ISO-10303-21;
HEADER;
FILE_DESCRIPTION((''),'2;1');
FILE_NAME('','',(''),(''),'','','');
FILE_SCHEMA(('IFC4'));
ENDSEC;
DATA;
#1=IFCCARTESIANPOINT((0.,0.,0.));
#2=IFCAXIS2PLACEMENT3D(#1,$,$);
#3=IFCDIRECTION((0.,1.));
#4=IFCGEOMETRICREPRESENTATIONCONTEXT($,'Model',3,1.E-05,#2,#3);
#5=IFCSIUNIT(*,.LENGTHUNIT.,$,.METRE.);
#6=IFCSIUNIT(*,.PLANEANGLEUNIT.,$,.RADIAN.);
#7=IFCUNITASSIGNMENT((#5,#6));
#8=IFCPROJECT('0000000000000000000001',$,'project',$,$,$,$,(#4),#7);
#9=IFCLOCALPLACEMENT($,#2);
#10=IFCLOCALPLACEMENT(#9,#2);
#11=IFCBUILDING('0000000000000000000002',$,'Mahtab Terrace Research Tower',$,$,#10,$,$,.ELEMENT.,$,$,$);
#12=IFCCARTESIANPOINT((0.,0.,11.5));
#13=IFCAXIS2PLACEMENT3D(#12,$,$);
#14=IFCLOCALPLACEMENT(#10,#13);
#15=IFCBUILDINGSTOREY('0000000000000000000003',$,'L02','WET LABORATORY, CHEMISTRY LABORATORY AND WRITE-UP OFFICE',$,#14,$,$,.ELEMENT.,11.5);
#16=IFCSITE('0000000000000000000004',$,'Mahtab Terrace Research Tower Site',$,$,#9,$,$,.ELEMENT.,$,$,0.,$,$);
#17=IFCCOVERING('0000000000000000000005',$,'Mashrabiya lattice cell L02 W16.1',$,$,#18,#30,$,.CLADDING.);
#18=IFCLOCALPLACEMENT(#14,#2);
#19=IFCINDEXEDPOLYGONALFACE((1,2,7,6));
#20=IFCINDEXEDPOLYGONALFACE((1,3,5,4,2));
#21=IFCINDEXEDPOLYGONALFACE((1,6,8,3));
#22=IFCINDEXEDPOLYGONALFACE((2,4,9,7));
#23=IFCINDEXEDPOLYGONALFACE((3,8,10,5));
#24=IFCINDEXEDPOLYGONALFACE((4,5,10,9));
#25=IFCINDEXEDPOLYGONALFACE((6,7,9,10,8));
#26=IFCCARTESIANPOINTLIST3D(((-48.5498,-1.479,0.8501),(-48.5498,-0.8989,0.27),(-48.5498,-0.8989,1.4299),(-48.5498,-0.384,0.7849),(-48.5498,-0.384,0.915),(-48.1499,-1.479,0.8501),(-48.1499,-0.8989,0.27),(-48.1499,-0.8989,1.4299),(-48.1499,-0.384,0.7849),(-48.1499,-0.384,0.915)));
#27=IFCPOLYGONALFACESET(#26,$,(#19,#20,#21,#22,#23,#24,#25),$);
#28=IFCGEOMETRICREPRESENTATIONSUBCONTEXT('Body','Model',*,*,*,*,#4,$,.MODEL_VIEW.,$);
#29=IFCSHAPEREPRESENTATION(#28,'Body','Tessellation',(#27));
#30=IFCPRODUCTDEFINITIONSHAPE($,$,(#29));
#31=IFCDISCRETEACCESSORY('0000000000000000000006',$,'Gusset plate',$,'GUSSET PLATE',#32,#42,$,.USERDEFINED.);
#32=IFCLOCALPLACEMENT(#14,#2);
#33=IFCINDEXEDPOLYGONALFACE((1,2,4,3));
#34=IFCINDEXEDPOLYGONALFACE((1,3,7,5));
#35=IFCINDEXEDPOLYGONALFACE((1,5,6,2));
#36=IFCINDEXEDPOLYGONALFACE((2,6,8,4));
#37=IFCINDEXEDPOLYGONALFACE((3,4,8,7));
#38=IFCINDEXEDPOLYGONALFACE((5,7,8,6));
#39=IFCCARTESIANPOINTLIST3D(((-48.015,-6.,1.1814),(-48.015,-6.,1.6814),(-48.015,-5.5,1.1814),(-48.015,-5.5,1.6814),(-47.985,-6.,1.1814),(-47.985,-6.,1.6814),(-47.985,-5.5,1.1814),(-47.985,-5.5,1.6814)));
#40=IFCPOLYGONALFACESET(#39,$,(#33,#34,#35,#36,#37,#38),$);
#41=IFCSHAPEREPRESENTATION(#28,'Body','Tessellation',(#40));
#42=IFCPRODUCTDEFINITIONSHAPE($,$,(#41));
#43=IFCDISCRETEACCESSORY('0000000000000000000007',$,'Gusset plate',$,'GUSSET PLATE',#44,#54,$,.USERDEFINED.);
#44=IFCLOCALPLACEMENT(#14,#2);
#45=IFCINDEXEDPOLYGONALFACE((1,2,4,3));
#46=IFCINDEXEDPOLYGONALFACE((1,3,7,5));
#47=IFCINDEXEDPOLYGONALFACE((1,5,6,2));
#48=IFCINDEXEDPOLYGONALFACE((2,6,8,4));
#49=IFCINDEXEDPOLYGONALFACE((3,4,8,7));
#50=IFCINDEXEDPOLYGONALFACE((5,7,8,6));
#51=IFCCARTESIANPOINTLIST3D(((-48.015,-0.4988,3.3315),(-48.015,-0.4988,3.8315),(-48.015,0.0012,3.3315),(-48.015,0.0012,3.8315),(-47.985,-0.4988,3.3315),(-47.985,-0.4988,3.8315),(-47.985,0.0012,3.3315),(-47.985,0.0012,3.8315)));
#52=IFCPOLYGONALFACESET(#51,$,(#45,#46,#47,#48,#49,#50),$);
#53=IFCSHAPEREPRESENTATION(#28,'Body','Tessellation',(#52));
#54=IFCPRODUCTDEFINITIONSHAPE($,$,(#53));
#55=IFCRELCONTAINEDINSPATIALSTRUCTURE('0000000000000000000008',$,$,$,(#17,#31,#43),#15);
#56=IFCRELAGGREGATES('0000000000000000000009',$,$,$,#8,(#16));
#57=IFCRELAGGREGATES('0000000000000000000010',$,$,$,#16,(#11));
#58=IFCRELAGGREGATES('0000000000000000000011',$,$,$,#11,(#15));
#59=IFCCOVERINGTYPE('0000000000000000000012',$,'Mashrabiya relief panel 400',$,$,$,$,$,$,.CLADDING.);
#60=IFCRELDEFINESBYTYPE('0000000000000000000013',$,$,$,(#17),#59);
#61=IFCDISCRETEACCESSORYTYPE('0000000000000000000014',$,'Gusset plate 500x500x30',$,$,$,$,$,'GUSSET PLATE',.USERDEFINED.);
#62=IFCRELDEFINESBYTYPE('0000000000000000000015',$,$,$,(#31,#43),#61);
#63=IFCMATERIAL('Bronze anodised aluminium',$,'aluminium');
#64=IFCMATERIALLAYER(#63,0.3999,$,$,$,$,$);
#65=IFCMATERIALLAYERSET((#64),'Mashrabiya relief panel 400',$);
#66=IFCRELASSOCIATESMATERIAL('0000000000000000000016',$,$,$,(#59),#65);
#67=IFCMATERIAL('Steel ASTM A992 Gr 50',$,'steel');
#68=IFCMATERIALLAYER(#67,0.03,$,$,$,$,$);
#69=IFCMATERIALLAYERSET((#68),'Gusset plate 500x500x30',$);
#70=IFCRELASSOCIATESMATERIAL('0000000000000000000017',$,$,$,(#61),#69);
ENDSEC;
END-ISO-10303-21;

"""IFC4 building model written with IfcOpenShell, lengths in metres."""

from ifc_helpers import new_model, si_unit, direction, frame, origin, origin_2d, place, context, subcontext, project, spatial, polyline, rectangle, outline, extrude, material, layer, layer_set, type_object, element, save


model = new_model("IFC4")

# Units and contexts
model_context = context("Model", 3, precision=1e-05, world=origin(), true_north=direction((0.0, 1.0)))
body_context = subcontext(model_context, "Body", "Model", "MODEL_VIEW")
ifc_project = project(units=[si_unit("LENGTHUNIT", "METRE"), si_unit("PLANEANGLEUNIT", "RADIAN")], contexts=[model_context])

# Site, building, storey
site_placement = place(None, origin())
site = spatial("IfcSite", under=ifc_project, at=site_placement, Name="Mahtab Terrace Research Tower Site", CompositionType="ELEMENT", RefElevation=0.0)
building_placement = place(site_placement, origin())
building = spatial("IfcBuilding", under=site, at=building_placement, Name="Mahtab Terrace Research Tower", CompositionType="ELEMENT")
storey_placement = place(building_placement, frame((0.0, 0.0, 11.5)))
storey = spatial("IfcBuildingStorey", under=building, at=storey_placement, Name="L02", Description="WET LABORATORY, CHEMISTRY LABORATORY AND WRITE-UP OFFICE", CompositionType="ELEMENT", Elevation=11.5)

# Shared definitions
ifc_material_1 = material(Name="Steel ASTM A992 Gr 50", Category="steel")

# Covering
ifc_material_2 = material(Name="Bronze anodised aluminium", Category="aluminium")
ifc_layer_1 = layer(ifc_material_2, 0.3999)
ifc_layer_set_1 = layer_set([ifc_layer_1], Name="Mashrabiya relief panel 400")
covering_type = type_object("IfcCoveringType", Name="Mashrabiya relief panel 400", PredefinedType="CLADDING", material=ifc_layer_set_1)
covering_placement = place(storey_placement, frame((-48.1499, -0.8989, 1.4299), z_axis=(1.0, 0.0, 0.0), x_axis=(0.0, -0.707256, -0.706958)))
element("IfcCovering", 1, at=covering_placement, inside=storey, type_object=covering_type, Name="Mashrabiya lattice cell L02 W16.1", PredefinedType="CLADDING", context=body_context, shape_type="SweptSolid", body=[
    extrude(outline(polyline([(0.0, 0.0), (0.8202, 0.0), (0.82, 0.8204), (0.0918, 0.8202), (-0.0002, 0.7282), (0.0, 0.0)])), origin(), (0.0, 0.0, -1.0), 0.3999),
])

# Discrete accessories
ifc_layer_2 = layer(ifc_material_1, 0.03)
ifc_layer_set_2 = layer_set([ifc_layer_2], Name="Gusset plate 500x500x30")
discrete_accessory_type = type_object("IfcDiscreteAccessoryType", Name="Gusset plate 500x500x30", ElementType="GUSSET PLATE", PredefinedType="USERDEFINED", material=ifc_layer_set_2)
for number, where, z_axis, x_axis, name in (
    (2, (-48.0, -5.75, 1.1814), (0.0, 0.0, 1.0), (0.0, 1.0, 0.0), "Gusset plate"),
    (3, (-48.0, -0.2488, 3.3315), (0.0, 0.0, 1.0), (0.0, 1.0, 0.0), "Gusset plate"),
):
    element("IfcDiscreteAccessory", number, at=place(storey_placement, frame(where, z_axis=z_axis, x_axis=x_axis)), inside=storey, type_object=discrete_accessory_type, Name=name, ObjectType="GUSSET PLATE", PredefinedType="USERDEFINED", context=body_context, shape_type="SweptSolid", body=[
        extrude(rectangle(XDim=0.5, YDim=0.03, at=origin_2d()), origin(), (0.0, 0.0, 1.0), 0.5),
    ])

save(model, "model.ifc")
